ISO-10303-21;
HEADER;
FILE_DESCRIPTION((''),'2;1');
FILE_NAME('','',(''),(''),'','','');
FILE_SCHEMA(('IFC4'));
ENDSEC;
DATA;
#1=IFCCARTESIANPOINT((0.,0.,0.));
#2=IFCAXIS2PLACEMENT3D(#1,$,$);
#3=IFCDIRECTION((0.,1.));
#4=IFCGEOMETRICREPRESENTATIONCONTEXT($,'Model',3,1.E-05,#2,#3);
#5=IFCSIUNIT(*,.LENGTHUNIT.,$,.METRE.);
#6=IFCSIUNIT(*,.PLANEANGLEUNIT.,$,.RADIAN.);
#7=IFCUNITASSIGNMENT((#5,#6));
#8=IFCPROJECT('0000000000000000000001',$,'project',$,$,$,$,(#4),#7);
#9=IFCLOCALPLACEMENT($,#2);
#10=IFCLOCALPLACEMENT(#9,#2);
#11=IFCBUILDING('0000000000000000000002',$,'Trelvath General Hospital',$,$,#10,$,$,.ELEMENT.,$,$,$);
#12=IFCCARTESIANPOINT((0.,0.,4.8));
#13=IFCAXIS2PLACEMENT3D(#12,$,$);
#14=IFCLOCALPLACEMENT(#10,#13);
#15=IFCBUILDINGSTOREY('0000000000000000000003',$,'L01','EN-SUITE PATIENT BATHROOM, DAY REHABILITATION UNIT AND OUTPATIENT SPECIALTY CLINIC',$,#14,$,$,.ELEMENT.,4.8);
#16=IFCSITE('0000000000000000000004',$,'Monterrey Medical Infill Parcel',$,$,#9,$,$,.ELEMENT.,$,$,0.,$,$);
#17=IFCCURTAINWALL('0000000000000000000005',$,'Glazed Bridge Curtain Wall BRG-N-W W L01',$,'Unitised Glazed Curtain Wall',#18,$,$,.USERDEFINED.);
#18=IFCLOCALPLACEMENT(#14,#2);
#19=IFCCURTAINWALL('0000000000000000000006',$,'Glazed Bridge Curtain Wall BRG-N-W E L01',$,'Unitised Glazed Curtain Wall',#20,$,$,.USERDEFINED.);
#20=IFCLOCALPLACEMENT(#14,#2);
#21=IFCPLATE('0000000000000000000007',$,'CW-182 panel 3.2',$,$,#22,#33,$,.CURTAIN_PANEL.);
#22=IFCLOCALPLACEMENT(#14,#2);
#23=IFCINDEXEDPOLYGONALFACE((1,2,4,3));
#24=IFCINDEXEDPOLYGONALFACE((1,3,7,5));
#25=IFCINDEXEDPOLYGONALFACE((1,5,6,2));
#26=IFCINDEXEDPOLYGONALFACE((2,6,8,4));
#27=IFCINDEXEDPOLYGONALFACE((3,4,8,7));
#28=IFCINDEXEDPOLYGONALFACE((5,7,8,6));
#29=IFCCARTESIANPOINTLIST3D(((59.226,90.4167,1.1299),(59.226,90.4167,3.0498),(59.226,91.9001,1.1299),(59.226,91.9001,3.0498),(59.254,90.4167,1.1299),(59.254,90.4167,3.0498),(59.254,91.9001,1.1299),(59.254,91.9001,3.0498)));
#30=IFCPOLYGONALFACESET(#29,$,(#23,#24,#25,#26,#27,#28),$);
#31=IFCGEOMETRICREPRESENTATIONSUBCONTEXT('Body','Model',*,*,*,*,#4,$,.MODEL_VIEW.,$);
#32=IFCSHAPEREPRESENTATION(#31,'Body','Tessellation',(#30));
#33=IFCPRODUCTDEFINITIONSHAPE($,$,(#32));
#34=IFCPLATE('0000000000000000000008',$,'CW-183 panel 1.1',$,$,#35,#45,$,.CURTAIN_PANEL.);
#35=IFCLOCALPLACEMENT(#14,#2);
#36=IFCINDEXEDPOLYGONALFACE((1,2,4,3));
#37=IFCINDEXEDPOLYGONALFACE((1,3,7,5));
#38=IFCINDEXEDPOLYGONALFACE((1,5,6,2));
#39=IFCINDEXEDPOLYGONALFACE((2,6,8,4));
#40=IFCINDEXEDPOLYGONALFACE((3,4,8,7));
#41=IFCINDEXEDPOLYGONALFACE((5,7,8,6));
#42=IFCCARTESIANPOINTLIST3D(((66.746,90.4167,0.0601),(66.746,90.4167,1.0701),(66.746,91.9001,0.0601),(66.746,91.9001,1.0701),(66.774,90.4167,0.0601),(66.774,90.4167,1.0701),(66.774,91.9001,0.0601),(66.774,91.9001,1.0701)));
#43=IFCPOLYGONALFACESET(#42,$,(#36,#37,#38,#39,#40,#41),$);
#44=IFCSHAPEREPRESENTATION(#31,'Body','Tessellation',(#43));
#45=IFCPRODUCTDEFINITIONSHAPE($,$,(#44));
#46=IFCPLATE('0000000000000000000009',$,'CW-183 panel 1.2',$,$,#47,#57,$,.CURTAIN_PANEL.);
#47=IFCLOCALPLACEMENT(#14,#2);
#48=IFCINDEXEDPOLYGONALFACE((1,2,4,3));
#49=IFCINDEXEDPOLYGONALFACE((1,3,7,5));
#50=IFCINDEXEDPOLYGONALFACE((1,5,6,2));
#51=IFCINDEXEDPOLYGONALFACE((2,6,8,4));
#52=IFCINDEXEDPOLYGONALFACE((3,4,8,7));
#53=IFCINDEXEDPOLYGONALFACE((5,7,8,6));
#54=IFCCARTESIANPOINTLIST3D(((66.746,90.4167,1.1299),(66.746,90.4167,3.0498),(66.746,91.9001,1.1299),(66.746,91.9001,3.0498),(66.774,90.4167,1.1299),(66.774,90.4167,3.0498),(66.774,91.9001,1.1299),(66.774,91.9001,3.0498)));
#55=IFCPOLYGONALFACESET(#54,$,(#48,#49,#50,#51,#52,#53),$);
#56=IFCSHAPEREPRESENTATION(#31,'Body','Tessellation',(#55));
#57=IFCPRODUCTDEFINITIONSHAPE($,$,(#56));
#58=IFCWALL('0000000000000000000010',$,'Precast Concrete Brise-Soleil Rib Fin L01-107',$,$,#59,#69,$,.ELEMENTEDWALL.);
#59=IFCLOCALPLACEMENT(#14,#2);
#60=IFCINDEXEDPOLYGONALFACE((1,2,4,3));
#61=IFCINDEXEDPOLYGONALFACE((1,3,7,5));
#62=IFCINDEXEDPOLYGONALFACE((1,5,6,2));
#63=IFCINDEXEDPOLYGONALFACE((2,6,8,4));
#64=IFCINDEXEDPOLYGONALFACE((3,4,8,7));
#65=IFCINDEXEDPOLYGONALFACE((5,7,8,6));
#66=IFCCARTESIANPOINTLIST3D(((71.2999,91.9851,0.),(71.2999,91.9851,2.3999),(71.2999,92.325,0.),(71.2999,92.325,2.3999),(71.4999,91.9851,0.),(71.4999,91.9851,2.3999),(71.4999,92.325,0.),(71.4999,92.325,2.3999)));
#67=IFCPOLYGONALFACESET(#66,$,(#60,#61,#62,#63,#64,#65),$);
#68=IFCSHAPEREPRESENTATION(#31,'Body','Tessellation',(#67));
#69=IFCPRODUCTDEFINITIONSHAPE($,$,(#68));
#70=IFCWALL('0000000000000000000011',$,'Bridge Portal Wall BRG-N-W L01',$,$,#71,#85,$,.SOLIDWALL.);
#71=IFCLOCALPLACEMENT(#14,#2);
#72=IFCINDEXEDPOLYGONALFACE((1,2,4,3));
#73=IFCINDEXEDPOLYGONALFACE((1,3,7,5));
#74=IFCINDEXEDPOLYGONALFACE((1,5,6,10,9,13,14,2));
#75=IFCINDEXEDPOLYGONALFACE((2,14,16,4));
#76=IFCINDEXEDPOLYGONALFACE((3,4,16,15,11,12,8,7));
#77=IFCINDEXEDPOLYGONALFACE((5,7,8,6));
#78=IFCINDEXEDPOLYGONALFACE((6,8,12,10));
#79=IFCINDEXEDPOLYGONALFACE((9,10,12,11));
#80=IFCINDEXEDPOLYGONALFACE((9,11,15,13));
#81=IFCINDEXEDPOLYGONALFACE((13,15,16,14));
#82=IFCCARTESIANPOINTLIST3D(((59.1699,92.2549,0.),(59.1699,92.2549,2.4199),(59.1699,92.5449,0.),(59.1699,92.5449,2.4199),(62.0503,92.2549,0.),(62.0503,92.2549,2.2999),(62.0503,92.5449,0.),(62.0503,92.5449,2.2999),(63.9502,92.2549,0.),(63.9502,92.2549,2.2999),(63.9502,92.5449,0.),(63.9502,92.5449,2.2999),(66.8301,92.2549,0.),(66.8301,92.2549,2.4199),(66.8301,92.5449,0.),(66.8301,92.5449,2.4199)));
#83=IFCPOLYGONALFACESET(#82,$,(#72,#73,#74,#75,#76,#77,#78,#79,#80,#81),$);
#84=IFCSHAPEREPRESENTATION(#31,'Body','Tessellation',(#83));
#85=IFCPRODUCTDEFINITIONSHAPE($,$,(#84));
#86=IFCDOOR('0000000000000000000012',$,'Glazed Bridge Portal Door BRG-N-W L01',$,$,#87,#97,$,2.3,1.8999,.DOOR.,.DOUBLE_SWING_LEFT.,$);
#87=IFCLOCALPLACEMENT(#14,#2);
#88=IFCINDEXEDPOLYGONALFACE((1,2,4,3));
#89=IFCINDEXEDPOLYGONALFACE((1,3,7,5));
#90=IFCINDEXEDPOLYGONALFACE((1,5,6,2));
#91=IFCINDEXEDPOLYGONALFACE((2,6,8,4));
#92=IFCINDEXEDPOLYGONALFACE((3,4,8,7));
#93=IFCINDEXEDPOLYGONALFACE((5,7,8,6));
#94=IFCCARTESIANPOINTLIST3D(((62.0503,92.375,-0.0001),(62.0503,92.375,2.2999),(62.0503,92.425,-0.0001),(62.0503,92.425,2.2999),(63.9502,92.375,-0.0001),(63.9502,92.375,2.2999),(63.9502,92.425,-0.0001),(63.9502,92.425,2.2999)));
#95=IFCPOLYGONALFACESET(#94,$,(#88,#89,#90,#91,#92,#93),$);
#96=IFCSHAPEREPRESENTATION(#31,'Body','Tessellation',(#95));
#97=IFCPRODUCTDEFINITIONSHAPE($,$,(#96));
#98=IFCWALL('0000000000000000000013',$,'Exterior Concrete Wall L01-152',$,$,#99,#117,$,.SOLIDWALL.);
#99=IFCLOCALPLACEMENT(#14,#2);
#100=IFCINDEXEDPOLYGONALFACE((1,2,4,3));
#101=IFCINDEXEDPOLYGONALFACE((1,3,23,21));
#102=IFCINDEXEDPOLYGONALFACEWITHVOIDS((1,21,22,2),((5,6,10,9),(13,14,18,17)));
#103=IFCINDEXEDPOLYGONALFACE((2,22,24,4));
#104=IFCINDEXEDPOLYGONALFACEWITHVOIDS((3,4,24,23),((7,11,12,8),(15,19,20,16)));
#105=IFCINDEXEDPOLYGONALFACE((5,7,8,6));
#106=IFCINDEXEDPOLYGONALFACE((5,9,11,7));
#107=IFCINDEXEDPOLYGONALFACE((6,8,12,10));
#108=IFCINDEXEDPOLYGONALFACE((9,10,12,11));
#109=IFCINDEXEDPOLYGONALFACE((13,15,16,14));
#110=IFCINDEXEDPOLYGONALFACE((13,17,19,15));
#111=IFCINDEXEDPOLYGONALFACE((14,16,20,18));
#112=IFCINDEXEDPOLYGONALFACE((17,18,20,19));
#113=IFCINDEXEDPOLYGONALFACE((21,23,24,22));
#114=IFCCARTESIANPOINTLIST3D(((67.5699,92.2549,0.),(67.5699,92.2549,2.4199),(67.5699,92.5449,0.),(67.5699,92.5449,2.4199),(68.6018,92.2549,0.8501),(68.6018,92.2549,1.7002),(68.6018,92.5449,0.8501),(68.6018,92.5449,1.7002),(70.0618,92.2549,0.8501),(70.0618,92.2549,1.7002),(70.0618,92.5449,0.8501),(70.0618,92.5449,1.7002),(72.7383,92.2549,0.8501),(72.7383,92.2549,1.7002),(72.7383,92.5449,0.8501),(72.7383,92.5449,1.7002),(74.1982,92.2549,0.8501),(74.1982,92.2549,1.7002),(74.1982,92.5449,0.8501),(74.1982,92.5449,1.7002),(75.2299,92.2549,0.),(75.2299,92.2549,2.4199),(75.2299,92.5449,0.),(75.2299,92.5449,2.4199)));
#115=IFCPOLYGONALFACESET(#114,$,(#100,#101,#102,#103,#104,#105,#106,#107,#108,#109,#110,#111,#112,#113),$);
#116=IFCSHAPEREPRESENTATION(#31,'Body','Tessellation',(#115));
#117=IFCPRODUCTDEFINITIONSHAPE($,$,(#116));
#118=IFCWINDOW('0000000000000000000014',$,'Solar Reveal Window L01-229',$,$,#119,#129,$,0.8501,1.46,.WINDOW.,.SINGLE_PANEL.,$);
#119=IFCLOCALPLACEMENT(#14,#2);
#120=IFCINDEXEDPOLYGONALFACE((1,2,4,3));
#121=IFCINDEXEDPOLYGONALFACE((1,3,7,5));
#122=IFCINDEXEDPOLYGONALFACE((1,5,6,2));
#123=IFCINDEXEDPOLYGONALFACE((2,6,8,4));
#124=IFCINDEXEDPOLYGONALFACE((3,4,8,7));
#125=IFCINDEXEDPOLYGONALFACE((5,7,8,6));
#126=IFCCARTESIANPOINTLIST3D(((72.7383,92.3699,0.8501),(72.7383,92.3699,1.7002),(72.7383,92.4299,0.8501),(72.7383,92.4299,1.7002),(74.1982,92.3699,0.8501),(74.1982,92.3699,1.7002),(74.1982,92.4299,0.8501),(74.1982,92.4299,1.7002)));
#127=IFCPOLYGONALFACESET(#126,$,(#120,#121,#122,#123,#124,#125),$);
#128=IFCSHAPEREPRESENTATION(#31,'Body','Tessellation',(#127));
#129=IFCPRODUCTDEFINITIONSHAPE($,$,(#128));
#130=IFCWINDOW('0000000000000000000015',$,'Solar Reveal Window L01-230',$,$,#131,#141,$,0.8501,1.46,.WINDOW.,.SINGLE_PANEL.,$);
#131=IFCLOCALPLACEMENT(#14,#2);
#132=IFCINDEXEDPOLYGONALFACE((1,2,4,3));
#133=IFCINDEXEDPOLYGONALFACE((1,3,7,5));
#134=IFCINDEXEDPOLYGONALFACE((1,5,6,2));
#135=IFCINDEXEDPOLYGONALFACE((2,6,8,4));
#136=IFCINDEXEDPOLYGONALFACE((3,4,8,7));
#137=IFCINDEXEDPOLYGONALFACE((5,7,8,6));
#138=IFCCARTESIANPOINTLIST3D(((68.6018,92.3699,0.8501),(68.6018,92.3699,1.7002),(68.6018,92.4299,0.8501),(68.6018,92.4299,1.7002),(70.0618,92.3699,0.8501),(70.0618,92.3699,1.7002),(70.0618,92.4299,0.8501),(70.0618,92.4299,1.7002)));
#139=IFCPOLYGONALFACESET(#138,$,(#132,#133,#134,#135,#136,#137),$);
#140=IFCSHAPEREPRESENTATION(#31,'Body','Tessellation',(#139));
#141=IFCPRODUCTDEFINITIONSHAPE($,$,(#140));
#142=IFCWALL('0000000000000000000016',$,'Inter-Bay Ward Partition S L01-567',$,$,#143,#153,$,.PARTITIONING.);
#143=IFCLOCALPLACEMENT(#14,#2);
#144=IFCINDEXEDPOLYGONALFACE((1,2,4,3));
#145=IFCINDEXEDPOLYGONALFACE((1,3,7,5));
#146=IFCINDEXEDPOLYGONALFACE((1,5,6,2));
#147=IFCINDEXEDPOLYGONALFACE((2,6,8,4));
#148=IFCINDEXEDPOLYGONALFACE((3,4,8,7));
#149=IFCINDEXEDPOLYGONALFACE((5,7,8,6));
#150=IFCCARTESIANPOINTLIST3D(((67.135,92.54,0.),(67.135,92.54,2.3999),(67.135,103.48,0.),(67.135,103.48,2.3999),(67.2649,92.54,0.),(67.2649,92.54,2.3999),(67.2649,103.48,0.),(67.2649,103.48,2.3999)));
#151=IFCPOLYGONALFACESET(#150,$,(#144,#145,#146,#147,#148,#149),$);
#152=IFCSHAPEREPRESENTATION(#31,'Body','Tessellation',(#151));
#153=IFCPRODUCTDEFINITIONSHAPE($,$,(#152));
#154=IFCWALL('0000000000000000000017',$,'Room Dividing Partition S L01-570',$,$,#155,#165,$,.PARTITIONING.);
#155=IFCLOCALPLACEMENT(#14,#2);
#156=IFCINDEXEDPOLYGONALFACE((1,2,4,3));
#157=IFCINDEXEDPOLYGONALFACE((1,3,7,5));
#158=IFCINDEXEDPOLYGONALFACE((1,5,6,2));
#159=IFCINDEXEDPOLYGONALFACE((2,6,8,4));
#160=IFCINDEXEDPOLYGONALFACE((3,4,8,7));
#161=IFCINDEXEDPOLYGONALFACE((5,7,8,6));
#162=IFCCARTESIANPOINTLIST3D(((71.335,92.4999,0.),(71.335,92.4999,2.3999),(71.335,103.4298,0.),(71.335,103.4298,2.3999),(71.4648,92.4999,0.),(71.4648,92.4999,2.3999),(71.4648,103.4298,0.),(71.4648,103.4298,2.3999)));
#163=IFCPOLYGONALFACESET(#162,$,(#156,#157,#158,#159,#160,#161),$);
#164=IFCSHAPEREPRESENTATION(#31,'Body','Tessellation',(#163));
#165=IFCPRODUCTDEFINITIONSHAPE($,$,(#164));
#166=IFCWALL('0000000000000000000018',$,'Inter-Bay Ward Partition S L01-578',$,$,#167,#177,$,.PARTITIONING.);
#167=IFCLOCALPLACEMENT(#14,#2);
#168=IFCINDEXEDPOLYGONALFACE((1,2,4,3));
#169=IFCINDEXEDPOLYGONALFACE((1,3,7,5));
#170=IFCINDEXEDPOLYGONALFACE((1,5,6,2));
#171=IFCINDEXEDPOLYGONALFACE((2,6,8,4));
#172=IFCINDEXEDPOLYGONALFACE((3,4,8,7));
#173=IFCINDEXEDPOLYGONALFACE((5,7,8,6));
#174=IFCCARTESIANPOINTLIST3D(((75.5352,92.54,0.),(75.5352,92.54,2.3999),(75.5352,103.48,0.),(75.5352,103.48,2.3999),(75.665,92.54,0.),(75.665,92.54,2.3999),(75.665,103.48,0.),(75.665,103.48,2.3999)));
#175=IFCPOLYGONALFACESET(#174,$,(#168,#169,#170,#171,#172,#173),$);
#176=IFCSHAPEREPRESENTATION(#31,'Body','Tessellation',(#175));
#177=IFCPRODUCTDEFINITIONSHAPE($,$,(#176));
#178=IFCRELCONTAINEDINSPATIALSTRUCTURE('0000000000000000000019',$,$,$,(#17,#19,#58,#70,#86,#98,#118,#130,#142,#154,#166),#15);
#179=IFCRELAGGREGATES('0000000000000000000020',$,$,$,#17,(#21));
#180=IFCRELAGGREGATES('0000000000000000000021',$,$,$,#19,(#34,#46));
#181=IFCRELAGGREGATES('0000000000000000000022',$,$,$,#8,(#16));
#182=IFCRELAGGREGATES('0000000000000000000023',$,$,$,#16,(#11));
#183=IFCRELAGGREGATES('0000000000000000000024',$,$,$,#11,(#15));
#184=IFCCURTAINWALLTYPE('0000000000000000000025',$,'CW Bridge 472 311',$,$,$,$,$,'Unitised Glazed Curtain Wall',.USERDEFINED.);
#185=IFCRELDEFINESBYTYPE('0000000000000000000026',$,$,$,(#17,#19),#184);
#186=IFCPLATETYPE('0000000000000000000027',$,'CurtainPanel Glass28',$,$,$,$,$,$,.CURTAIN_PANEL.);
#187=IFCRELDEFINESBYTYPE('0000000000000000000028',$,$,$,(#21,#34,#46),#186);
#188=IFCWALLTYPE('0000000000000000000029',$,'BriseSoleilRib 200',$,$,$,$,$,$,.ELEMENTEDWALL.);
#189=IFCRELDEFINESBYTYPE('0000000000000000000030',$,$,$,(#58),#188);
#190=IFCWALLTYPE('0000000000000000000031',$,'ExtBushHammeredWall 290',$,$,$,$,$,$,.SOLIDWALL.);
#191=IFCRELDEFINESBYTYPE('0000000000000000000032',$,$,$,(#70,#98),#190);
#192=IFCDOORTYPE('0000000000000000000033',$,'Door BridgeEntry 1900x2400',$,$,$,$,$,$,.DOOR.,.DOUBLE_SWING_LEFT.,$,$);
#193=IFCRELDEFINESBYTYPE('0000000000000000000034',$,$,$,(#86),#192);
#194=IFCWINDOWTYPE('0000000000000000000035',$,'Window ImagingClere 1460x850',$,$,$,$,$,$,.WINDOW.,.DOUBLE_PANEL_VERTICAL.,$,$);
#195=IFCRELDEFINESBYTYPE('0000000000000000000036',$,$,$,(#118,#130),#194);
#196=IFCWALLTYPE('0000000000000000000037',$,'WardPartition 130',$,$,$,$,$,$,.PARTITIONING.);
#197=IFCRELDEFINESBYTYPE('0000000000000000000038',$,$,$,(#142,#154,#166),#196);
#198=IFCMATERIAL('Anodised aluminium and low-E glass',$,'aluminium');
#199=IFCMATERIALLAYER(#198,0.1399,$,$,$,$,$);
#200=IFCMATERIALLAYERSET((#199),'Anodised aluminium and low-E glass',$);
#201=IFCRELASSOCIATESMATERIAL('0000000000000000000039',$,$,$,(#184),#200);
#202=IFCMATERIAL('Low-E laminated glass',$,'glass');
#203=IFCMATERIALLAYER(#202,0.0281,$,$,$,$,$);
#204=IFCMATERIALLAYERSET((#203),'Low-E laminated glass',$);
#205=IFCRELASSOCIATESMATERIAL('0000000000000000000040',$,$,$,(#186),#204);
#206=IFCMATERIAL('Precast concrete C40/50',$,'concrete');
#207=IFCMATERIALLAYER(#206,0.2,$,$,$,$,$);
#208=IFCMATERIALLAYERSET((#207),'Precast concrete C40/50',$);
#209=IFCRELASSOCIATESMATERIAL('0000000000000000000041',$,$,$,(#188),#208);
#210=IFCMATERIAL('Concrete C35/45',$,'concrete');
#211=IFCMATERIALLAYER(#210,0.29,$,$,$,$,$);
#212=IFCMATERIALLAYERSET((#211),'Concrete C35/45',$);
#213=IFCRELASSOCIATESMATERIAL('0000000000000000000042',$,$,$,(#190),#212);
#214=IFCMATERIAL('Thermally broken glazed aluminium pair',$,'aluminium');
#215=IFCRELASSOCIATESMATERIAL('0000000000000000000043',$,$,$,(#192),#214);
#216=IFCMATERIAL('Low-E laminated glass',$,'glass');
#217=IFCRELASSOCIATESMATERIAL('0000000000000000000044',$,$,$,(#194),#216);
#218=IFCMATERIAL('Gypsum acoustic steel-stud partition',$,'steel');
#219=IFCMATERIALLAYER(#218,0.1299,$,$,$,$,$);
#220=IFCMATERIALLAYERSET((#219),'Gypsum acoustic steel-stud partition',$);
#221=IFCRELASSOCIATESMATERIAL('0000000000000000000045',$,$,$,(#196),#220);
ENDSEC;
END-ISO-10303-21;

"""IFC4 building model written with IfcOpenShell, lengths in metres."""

from ifc_helpers import new_model, si_unit, direction, frame, frame_2d, origin, origin_2d, place, context, subcontext, project, spatial, rectangle, extrude, material, layer, layer_set, type_object, element, fill, aggregate, save


model = new_model("IFC4")

# Units and contexts
model_context = context("Model", 3, precision=1e-05, world=origin(), true_north=direction((0.0, 1.0)))
body_context = subcontext(model_context, "Body", "Model", "MODEL_VIEW")
ifc_project = project(units=[si_unit("LENGTHUNIT", "METRE"), si_unit("PLANEANGLEUNIT", "RADIAN")], contexts=[model_context])

# Site, building, storey
site_placement = place(None, origin())
site = spatial("IfcSite", under=ifc_project, at=site_placement, Name="Monterrey Medical Infill Parcel", CompositionType="ELEMENT", RefElevation=0.0)
building_placement = place(site_placement, origin())
building = spatial("IfcBuilding", under=site, at=building_placement, Name="Trelvath General Hospital", CompositionType="ELEMENT")
storey_placement = place(building_placement, frame((0.0, 0.0, 4.8)))
storey = spatial("IfcBuildingStorey", under=building, at=storey_placement, Name="L01", Description="EN-SUITE PATIENT BATHROOM, DAY REHABILITATION UNIT AND OUTPATIENT SPECIALTY CLINIC", CompositionType="ELEMENT", Elevation=4.8)

# Curtain walls
ifc_material_1 = material(Name="Anodised aluminium and low-E glass", Category="aluminium")
ifc_layer_1 = layer(ifc_material_1, 0.1399)
ifc_layer_set_1 = layer_set([ifc_layer_1], Name="Anodised aluminium and low-E glass")
curtain_wall_type = type_object("IfcCurtainWallType", Name="CW Bridge 472 311", ElementType="Unitised Glazed Curtain Wall", PredefinedType="USERDEFINED", material=ifc_layer_set_1)
curtain_wall_1_placement = place(storey_placement, origin())
curtain_wall_1 = element("IfcCurtainWall", 1, at=curtain_wall_1_placement, inside=storey, type_object=curtain_wall_type, Name="Glazed Bridge Curtain Wall BRG-N-W W L01", ObjectType="Unitised Glazed Curtain Wall", PredefinedType="USERDEFINED")
curtain_wall_2_placement = place(storey_placement, origin())
curtain_wall_2 = element("IfcCurtainWall", 2, at=curtain_wall_2_placement, inside=storey, type_object=curtain_wall_type, Name="Glazed Bridge Curtain Wall BRG-N-W E L01", ObjectType="Unitised Glazed Curtain Wall", PredefinedType="USERDEFINED")

# Plates
ifc_material_2 = material(Name="Low-E laminated glass", Category="glass")
ifc_layer_2 = layer(ifc_material_2, 0.0281)
ifc_layer_set_2 = layer_set([ifc_layer_2], Name="Low-E laminated glass")
plate_type_1 = type_object("IfcPlateType", Name="CurtainPanel Glass28", PredefinedType="CURTAIN_PANEL", material=ifc_layer_set_2)
plate_1_placement = place(storey_placement, frame((59.24, 91.1584, 1.1299), z_axis=(0.0, 0.0, 1.0), x_axis=(0.0, 1.0, 0.0)))
plate_1 = element("IfcPlate", 3, at=plate_1_placement, type_object=plate_type_1, Name="CW-182 panel 3.2", PredefinedType="CURTAIN_PANEL", context=body_context, shape_type="SweptSolid", body=[
    extrude(rectangle(XDim=1.4834, YDim=0.0281, at=origin_2d()), origin(), (0.0, 0.0, 1.0), 1.9199),
])
aggregate(curtain_wall_1, [plate_1])
plate_2_placement = place(storey_placement, frame((66.76, 91.1584, 0.0601), z_axis=(0.0, 0.0, 1.0), x_axis=(0.0, -1.0, 0.0)))
plate_2 = element("IfcPlate", 4, at=plate_2_placement, type_object=plate_type_1, Name="CW-183 panel 1.1", PredefinedType="CURTAIN_PANEL", context=body_context, shape_type="SweptSolid", body=[
    extrude(rectangle(XDim=1.4834, YDim=0.0281, at=origin_2d()), origin(), (0.0, 0.0, 1.0), 1.01),
])
plate_3_placement = place(storey_placement, frame((66.76, 91.1584, 1.1299), z_axis=(0.0, 0.0, 1.0), x_axis=(0.0, -1.0, 0.0)))
plate_3 = element("IfcPlate", 5, at=plate_3_placement, type_object=plate_type_1, Name="CW-183 panel 1.2", PredefinedType="CURTAIN_PANEL", context=body_context, shape_type="SweptSolid", body=[
    extrude(rectangle(XDim=1.4834, YDim=0.0281, at=origin_2d()), origin(), (0.0, 0.0, 1.0), 1.9199),
])
aggregate(curtain_wall_2, [plate_2, plate_3])

# Wall
ifc_material_3 = material(Name="Precast concrete C40/50", Category="concrete")
ifc_layer_3 = layer(ifc_material_3, 0.2)
ifc_layer_set_3 = layer_set([ifc_layer_3], Name="Precast concrete C40/50")
wall_type_1 = type_object("IfcWallType", Name="BriseSoleilRib 200", PredefinedType="ELEMENTEDWALL", material=ifc_layer_set_3)
wall_1_placement = place(storey_placement, frame((71.3999, 92.325, 0.0), z_axis=(0.0, 0.0, 1.0), x_axis=(0.0, -1.0, 0.0)))
element("IfcWall", 6, at=wall_1_placement, inside=storey, type_object=wall_type_1, Name="Precast Concrete Brise-Soleil Rib Fin L01-107", PredefinedType="ELEMENTEDWALL", context=body_context, shape_type="SweptSolid", body=[
    extrude(rectangle(XDim=0.3398, YDim=0.2, at=frame_2d((0.1699, 0.0))), origin(), (0.0, 0.0, 1.0), 2.3999),
])

# Wall, opening, door
ifc_material_4 = material(Name="Concrete C35/45", Category="concrete")
ifc_layer_4 = layer(ifc_material_4, 0.29)
ifc_layer_set_4 = layer_set([ifc_layer_4], Name="Concrete C35/45")
wall_type_2 = type_object("IfcWallType", Name="ExtBushHammeredWall 290", PredefinedType="SOLIDWALL", material=ifc_layer_set_4)
wall_2_placement = place(storey_placement, frame((66.8301, 92.3999, 0.0), z_axis=(0.0, 0.0, 1.0), x_axis=(-1.0, 0.0, 0.0)))
wall_2 = element("IfcWall", 7, at=wall_2_placement, inside=storey, type_object=wall_type_2, Name="Bridge Portal Wall BRG-N-W L01", PredefinedType="SOLIDWALL", context=body_context, shape_type="SweptSolid", body=[
    extrude(rectangle(XDim=7.6602, YDim=0.29, at=frame_2d((3.8301, 0.0))), origin(), (0.0, 0.0, 1.0), 2.4199),
])
opening_1_placement = place(wall_2_placement, frame((2.8799, 0.0, 0.0)))
opening_1 = element("IfcOpeningElement", 8, at=opening_1_placement, cuts=wall_2, PredefinedType="OPENING", context=body_context, shape_type="SweptSolid", body=[
    extrude(rectangle(XDim=1.8999, YDim=2.3, at=frame_2d((0.95, 1.1499))), frame((0.0, 0.155, 0.0), z_axis=(0.0, -1.0, 0.0), x_axis=(1.0, 0.0, 0.0)), (0.0, 0.0, 1.0), 0.3101),
])
ifc_material_5 = material(Name="Thermally broken glazed aluminium pair", Category="aluminium")
door_type = type_object("IfcDoorType", Name="Door BridgeEntry 1900x2400", OperationType="DOUBLE_SWING_LEFT", PredefinedType="DOOR", material=ifc_material_5)
door_placement = place(opening_1_placement, origin())
door = element("IfcDoor", 9, at=door_placement, inside=storey, type_object=door_type, Name="Glazed Bridge Portal Door BRG-N-W L01", OperationType="DOUBLE_SWING_LEFT", OverallHeight=2.3, OverallWidth=1.8999, PredefinedType="DOOR", context=body_context, shape_type="SweptSolid", body=[
    extrude(rectangle(XDim=1.8999, YDim=2.3, at=frame_2d((0.95, 1.1499))), frame((0.0, 0.0249, 0.0), z_axis=(0.0, -1.0, 0.0), x_axis=(1.0, 0.0, 0.0)), (0.0, 0.0, 1.0), 0.05),
])
fill(opening_1, door)

# Wall, openings, windows
wall_3_placement = place(storey_placement, frame((75.23, 92.3999, 0.0), z_axis=(0.0, 0.0, 1.0), x_axis=(-1.0, 0.0, 0.0)))
wall_3 = element("IfcWall", 10, at=wall_3_placement, inside=storey, type_object=wall_type_2, Name="Exterior Concrete Wall L01-152", PredefinedType="SOLIDWALL", context=body_context, shape_type="SweptSolid", body=[
    extrude(rectangle(XDim=7.6599, YDim=0.29, at=frame_2d((3.8301, 0.0))), origin(), (0.0, 0.0, 1.0), 2.4199),
])
opening_2_placement = place(wall_3_placement, frame((1.0317, 0.0, 0.8501)))
opening_2 = element("IfcOpeningElement", 11, at=opening_2_placement, cuts=wall_3, PredefinedType="OPENING", context=body_context, shape_type="SweptSolid", body=[
    extrude(rectangle(XDim=1.46, YDim=0.8501, at=frame_2d((0.73, 0.425))), frame((0.0, 0.155, 0.0), z_axis=(0.0, -1.0, 0.0), x_axis=(1.0, 0.0, 0.0)), (0.0, 0.0, 1.0), 0.3101),
])
opening_3_placement = place(wall_3_placement, frame((5.1682, 0.0, 0.8501)))
opening_3 = element("IfcOpeningElement", 12, at=opening_3_placement, cuts=wall_3, PredefinedType="OPENING", context=body_context, shape_type="SweptSolid", body=[
    extrude(rectangle(XDim=1.46, YDim=0.8501, at=frame_2d((0.73, 0.425))), frame((0.0, 0.155, 0.0), z_axis=(0.0, -1.0, 0.0), x_axis=(1.0, 0.0, 0.0)), (0.0, 0.0, 1.0), 0.3101),
])
ifc_material_6 = material(Name="Low-E laminated glass", Category="glass")
window_type = type_object("IfcWindowType", Name="Window ImagingClere 1460x850", PartitioningType="DOUBLE_PANEL_VERTICAL", PredefinedType="WINDOW", material=ifc_material_6)
window_1_placement = place(opening_2_placement, origin())
window_1 = element("IfcWindow", 13, at=window_1_placement, inside=storey, type_object=window_type, Name="Solar Reveal Window L01-229", OverallHeight=0.8501, OverallWidth=1.46, PartitioningType="SINGLE_PANEL", PredefinedType="WINDOW", context=body_context, shape_type="SweptSolid", body=[
    extrude(rectangle(XDim=1.46, YDim=0.8501, at=frame_2d((0.73, 0.425))), frame((0.0, 0.03, 0.0), z_axis=(0.0, -1.0, 0.0), x_axis=(1.0, 0.0, 0.0)), (0.0, 0.0, 1.0), 0.0601),
])
fill(opening_2, window_1)
window_2_placement = place(opening_3_placement, origin())
window_2 = element("IfcWindow", 14, at=window_2_placement, inside=storey, type_object=window_type, Name="Solar Reveal Window L01-230", OverallHeight=0.8501, OverallWidth=1.46, PartitioningType="SINGLE_PANEL", PredefinedType="WINDOW", context=body_context, shape_type="SweptSolid", body=[
    extrude(rectangle(XDim=1.46, YDim=0.8501, at=frame_2d((0.73, 0.425))), frame((0.0, 0.03, 0.0), z_axis=(0.0, -1.0, 0.0), x_axis=(1.0, 0.0, 0.0)), (0.0, 0.0, 1.0), 0.0601),
])
fill(opening_3, window_2)

# Walls
ifc_material_7 = material(Name="Gypsum acoustic steel-stud partition", Category="steel")
ifc_layer_5 = layer(ifc_material_7, 0.1299)
ifc_layer_set_5 = layer_set([ifc_layer_5], Name="Gypsum acoustic steel-stud partition")
wall_type_3 = type_object("IfcWallType", Name="WardPartition 130", PredefinedType="PARTITIONING", material=ifc_layer_set_5)
wall_4_placement = place(storey_placement, frame((67.2, 92.54, 0.0), z_axis=(0.0, 0.0, 1.0), x_axis=(0.0, 1.0, 0.0)))
element("IfcWall", 15, at=wall_4_placement, inside=storey, type_object=wall_type_3, Name="Inter-Bay Ward Partition S L01-567", PredefinedType="PARTITIONING", context=body_context, shape_type="SweptSolid", body=[
    extrude(rectangle(XDim=10.9399, YDim=0.1299, at=frame_2d((5.47, 0.0))), origin(), (0.0, 0.0, 1.0), 2.3999),
])
wall_5_placement = place(storey_placement, frame((71.3999, 92.5, 0.0), z_axis=(0.0, 0.0, 1.0), x_axis=(0.0, 1.0, 0.0)))
element("IfcWall", 16, at=wall_5_placement, inside=storey, type_object=wall_type_3, Name="Room Dividing Partition S L01-570", PredefinedType="PARTITIONING", context=body_context, shape_type="SweptSolid", body=[
    extrude(rectangle(XDim=10.9299, YDim=0.1299, at=frame_2d((5.4648, 0.0))), origin(), (0.0, 0.0, 1.0), 2.3999),
])
wall_6_placement = place(storey_placement, frame((75.6001, 92.54, 0.0), z_axis=(0.0, 0.0, 1.0), x_axis=(0.0, 1.0, 0.0)))
element("IfcWall", 17, at=wall_6_placement, inside=storey, type_object=wall_type_3, Name="Inter-Bay Ward Partition S L01-578", PredefinedType="PARTITIONING", context=body_context, shape_type="SweptSolid", body=[
    extrude(rectangle(XDim=10.9399, YDim=0.1299, at=frame_2d((5.47, 0.0))), origin(), (0.0, 0.0, 1.0), 2.3999),
])

save(model, "model.ifc")
